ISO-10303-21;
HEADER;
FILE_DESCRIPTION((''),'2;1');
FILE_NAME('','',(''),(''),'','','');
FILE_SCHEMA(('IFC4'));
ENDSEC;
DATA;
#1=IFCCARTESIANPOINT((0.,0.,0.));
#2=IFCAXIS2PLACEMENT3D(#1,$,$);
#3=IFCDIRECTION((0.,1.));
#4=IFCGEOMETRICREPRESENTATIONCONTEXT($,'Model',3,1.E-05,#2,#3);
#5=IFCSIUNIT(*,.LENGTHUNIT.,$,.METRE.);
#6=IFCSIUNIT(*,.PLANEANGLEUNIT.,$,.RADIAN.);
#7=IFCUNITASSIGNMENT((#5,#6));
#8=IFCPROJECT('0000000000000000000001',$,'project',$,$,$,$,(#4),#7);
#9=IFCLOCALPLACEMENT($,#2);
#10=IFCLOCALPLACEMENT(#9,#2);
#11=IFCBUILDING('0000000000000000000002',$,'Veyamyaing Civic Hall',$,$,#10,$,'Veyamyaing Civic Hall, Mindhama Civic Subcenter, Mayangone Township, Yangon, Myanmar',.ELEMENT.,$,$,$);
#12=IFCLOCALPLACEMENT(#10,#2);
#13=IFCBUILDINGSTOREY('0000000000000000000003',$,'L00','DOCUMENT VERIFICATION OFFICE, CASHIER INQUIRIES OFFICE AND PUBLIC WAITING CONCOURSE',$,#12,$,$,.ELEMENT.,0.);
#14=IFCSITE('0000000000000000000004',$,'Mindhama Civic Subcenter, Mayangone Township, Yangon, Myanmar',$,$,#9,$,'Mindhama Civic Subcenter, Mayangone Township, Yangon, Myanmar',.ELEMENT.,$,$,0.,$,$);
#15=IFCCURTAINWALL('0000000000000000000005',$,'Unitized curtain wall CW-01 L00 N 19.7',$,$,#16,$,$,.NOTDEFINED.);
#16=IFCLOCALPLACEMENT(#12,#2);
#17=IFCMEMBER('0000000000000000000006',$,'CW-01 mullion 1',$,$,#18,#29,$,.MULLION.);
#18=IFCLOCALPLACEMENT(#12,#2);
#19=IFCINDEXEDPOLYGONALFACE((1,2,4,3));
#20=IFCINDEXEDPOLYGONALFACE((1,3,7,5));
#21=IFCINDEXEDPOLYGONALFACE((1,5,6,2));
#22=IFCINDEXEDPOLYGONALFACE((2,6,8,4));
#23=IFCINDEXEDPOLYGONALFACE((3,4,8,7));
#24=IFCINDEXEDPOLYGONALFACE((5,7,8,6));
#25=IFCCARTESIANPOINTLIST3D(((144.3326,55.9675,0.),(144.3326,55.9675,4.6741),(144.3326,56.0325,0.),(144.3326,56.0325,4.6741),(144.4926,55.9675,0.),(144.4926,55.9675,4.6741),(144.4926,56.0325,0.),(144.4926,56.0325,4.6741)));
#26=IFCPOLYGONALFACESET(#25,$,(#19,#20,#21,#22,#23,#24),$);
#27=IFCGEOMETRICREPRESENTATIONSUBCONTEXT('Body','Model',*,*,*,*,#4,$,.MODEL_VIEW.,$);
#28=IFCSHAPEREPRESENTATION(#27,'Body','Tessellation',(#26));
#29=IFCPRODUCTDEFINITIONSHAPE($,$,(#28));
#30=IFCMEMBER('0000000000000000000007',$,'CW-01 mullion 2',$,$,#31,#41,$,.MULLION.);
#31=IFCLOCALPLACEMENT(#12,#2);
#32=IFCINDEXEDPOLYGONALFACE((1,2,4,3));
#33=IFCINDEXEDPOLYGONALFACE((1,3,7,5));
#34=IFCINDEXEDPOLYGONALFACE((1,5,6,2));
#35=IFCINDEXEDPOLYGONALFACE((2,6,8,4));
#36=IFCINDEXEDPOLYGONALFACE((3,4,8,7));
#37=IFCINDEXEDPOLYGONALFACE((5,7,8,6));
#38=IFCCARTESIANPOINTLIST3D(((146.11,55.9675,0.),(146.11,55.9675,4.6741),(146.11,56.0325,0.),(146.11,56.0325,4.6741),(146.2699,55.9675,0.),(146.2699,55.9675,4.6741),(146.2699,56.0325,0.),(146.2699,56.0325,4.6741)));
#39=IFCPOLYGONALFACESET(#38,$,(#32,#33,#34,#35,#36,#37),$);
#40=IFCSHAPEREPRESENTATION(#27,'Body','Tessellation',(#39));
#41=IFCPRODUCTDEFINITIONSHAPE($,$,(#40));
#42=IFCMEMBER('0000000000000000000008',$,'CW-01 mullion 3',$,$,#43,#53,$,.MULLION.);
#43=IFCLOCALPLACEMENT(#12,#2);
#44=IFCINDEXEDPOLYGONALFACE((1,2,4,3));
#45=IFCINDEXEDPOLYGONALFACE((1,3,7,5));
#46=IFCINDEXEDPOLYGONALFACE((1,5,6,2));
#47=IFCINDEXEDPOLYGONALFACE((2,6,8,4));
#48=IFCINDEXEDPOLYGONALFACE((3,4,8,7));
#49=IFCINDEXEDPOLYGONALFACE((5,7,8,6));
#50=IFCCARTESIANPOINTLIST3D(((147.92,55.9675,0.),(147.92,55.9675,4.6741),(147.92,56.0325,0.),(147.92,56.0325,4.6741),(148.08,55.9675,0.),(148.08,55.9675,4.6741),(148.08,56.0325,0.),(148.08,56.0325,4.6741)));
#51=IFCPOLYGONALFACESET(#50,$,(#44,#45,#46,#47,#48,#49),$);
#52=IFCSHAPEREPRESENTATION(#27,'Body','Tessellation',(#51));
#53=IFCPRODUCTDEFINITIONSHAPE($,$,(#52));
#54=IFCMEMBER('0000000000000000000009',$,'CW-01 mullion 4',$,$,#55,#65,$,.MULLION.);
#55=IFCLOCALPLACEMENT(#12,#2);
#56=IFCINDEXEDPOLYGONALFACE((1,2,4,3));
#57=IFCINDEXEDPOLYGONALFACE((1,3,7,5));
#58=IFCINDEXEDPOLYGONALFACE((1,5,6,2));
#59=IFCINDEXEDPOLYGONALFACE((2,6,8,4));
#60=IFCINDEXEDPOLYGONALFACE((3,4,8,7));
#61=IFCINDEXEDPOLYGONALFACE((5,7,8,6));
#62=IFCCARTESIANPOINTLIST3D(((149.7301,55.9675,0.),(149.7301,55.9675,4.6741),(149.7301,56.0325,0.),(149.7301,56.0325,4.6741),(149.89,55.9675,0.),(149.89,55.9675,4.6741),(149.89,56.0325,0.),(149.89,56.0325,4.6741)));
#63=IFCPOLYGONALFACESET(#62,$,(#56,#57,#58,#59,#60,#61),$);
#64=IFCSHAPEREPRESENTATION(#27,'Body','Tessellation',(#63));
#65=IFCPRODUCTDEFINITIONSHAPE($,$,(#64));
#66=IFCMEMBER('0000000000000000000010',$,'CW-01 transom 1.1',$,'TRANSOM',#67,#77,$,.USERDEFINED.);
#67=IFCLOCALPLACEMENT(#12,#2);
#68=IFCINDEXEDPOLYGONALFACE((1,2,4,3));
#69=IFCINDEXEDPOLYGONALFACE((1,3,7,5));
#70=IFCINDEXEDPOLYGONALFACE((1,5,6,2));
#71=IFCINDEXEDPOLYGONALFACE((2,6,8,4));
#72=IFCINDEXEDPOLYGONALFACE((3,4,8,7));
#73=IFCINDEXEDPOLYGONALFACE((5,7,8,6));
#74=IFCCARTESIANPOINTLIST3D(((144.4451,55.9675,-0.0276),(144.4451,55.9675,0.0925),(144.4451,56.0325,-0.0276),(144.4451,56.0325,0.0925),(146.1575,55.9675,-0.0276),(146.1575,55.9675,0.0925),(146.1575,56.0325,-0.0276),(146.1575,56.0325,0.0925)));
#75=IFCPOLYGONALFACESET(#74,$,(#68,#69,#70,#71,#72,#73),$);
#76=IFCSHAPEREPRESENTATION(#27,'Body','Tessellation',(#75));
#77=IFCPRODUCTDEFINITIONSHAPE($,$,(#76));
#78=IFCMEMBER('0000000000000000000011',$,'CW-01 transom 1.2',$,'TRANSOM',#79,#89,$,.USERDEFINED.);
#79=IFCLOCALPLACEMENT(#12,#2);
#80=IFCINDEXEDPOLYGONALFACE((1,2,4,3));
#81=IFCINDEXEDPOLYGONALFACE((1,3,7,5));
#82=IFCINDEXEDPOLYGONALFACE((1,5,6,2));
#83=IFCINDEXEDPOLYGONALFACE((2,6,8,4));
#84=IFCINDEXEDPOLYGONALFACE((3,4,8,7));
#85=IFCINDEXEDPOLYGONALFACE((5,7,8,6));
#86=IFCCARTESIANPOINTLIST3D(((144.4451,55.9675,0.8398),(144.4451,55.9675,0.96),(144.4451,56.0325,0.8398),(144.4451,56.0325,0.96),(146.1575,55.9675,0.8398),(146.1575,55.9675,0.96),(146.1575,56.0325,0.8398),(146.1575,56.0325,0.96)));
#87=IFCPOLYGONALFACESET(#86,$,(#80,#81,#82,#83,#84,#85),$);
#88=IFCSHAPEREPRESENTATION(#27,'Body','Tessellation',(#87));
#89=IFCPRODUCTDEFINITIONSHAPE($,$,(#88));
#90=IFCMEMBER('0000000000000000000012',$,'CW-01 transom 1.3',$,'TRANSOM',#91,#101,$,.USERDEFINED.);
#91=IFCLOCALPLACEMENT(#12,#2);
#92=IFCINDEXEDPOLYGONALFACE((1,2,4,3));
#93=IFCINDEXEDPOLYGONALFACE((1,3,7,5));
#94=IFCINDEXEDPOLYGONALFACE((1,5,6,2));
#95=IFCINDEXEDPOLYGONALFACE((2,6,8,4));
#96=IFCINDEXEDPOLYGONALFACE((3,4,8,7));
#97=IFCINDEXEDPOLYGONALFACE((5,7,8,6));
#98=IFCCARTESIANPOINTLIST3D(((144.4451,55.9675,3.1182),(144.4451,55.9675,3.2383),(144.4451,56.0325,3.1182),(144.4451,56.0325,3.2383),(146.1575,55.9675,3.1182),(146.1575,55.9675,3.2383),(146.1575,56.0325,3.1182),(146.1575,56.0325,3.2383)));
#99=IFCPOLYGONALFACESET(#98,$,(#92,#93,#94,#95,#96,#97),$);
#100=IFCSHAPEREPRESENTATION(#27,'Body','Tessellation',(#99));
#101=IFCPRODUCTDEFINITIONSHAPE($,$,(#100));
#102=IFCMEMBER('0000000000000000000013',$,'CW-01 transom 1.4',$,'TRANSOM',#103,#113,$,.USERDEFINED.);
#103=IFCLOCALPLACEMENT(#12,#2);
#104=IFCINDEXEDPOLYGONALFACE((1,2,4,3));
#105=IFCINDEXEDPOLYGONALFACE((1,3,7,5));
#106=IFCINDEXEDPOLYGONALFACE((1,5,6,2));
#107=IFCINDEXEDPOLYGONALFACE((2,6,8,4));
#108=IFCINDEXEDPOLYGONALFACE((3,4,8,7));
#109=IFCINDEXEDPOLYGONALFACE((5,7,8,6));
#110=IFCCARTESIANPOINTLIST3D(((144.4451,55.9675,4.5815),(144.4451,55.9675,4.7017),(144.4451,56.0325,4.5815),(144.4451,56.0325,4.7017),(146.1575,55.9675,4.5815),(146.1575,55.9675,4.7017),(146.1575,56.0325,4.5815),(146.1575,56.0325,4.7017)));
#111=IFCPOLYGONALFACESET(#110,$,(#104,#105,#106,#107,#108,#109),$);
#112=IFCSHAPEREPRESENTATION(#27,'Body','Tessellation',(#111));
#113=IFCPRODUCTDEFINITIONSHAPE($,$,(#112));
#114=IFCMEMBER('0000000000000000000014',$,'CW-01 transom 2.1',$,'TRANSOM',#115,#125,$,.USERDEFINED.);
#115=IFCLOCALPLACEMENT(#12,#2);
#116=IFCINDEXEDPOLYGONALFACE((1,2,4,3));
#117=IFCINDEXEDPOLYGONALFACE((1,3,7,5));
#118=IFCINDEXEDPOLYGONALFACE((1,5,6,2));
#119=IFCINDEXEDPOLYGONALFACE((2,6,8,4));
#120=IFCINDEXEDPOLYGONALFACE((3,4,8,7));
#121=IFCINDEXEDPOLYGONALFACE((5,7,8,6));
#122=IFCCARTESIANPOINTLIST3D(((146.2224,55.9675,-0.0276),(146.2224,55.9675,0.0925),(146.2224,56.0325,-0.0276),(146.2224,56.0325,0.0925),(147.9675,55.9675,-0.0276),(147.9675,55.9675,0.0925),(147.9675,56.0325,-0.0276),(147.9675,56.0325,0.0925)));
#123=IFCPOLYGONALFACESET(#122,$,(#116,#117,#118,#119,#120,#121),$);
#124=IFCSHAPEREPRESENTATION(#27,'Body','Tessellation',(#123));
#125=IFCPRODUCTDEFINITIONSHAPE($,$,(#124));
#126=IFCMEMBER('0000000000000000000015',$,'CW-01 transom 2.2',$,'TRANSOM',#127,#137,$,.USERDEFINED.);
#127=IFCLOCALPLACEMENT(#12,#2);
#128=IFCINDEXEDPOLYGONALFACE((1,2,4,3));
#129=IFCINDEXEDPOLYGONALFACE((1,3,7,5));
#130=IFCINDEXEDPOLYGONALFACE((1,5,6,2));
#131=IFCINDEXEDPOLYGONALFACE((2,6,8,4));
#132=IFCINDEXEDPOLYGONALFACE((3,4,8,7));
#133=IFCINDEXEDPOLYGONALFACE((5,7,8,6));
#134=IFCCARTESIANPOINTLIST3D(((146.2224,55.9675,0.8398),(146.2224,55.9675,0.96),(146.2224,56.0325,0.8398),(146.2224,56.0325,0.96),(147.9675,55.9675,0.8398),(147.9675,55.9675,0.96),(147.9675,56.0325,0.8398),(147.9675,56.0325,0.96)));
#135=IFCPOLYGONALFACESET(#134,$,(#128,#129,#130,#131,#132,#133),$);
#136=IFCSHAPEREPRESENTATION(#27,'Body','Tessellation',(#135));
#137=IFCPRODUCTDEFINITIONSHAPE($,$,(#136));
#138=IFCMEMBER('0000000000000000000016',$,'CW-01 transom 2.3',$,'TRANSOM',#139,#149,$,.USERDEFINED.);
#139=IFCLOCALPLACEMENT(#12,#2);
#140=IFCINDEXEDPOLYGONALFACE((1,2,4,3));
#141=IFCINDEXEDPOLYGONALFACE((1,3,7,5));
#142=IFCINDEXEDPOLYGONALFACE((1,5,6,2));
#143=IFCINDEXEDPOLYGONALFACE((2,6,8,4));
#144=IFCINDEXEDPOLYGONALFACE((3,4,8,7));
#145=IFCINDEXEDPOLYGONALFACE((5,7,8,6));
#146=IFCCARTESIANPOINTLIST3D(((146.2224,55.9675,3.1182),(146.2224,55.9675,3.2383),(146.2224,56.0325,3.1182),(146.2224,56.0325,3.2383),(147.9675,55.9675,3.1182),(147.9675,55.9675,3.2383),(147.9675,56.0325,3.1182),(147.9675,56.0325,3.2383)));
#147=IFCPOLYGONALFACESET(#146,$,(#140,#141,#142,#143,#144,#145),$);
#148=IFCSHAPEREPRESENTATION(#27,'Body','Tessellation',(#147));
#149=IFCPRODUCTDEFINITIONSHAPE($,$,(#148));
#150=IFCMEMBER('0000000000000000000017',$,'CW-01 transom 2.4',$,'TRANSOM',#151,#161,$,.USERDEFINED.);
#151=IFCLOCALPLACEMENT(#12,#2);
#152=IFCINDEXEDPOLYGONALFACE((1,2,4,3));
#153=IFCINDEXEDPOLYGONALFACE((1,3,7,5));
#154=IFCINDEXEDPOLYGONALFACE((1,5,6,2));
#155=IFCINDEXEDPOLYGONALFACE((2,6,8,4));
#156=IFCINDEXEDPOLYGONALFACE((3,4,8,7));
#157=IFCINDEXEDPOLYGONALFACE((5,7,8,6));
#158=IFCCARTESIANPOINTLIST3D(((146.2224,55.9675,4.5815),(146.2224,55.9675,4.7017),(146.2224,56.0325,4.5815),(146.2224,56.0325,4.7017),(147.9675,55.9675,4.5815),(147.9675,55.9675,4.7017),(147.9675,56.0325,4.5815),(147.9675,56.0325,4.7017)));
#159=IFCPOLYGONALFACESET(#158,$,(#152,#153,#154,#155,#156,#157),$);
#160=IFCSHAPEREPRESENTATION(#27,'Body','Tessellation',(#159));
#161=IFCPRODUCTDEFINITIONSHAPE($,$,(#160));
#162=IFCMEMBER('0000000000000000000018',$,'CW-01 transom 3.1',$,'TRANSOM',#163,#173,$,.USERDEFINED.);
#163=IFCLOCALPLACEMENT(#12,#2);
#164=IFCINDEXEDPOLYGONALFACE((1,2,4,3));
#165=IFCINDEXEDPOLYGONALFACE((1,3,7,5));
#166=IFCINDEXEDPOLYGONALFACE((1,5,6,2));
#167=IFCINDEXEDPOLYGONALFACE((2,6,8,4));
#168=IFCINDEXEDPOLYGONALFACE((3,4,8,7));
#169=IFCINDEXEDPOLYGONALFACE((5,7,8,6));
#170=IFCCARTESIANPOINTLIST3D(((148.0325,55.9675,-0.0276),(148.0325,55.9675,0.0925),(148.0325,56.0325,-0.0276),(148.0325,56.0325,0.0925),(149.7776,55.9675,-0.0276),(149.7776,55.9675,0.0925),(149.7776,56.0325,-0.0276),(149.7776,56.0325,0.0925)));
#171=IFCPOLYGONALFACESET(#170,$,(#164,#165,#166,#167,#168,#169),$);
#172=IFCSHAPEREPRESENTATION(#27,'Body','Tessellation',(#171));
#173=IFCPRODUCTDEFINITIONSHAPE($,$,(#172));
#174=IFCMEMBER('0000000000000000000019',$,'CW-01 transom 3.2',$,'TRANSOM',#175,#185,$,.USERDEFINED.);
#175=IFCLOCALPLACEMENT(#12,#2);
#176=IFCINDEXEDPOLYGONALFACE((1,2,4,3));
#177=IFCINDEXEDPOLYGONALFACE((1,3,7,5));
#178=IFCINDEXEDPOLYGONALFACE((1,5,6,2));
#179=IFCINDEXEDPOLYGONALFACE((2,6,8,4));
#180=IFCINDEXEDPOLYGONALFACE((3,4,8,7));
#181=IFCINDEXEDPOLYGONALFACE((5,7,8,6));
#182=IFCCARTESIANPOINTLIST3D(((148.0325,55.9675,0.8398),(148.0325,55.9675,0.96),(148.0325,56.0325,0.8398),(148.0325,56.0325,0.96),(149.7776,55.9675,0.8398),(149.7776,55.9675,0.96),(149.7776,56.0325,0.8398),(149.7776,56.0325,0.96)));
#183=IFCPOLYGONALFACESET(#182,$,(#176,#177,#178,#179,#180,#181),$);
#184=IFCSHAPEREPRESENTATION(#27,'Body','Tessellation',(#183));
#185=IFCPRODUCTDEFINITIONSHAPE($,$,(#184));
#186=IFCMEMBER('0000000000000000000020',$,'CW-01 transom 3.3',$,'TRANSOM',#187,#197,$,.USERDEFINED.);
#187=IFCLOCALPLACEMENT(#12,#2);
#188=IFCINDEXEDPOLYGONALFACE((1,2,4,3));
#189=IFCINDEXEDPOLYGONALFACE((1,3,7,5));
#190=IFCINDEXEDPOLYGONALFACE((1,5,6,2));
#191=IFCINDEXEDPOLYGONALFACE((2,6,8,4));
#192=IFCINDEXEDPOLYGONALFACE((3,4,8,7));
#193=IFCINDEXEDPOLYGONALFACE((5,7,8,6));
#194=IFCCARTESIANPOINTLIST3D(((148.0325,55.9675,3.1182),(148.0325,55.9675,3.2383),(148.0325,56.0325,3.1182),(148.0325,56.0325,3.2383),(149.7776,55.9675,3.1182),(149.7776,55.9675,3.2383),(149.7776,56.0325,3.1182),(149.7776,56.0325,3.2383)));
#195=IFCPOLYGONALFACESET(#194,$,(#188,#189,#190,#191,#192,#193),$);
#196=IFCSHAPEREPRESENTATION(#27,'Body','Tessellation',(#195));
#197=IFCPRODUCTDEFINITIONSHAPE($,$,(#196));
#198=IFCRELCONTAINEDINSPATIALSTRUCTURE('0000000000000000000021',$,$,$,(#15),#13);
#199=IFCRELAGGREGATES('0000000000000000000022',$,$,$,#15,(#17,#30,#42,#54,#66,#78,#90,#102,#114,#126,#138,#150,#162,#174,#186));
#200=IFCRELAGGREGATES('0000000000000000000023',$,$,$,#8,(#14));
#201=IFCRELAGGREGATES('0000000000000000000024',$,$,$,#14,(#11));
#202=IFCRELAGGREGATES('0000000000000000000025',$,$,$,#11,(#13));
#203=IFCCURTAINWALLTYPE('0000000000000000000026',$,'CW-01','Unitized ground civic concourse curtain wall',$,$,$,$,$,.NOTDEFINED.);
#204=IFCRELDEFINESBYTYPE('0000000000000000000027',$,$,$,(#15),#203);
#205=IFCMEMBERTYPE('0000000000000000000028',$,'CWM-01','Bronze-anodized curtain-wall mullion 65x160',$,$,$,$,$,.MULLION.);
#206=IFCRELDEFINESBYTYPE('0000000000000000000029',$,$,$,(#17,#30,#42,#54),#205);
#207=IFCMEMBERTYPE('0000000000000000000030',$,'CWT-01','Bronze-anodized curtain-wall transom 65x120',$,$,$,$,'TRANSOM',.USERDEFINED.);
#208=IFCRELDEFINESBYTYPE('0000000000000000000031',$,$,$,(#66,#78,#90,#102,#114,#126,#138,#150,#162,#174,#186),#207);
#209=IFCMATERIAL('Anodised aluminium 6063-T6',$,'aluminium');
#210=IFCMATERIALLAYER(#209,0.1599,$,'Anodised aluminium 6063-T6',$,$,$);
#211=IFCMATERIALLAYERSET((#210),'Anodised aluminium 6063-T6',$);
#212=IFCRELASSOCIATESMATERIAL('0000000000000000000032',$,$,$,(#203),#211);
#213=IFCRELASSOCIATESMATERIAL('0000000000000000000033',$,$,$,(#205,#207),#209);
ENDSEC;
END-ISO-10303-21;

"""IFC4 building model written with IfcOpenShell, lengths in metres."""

from ifc_helpers import new_model, si_unit, direction, frame, origin, origin_2d, place, context, subcontext, project, spatial, rectangle, extrude, material, layer, layer_set, material_profile, profile_set, type_object, element, aggregate, save


model = new_model("IFC4")

# Units and contexts
model_context = context("Model", 3, precision=1e-05, world=origin(), true_north=direction((0.0, 1.0)))
body_context = subcontext(model_context, "Body", "Model", "MODEL_VIEW")
ifc_project = project(units=[si_unit("LENGTHUNIT", "METRE"), si_unit("PLANEANGLEUNIT", "RADIAN")], contexts=[model_context])

# Site, building, storey
site_placement = place(None, origin())
site = spatial("IfcSite", under=ifc_project, at=site_placement, Name="Mindhama Civic Subcenter, Mayangone Township, Yangon, Myanmar", LongName="Mindhama Civic Subcenter, Mayangone Township, Yangon, Myanmar", CompositionType="ELEMENT", RefElevation=0.0)
building_placement = place(site_placement, origin())
building = spatial("IfcBuilding", under=site, at=building_placement, Name="Veyamyaing Civic Hall", LongName="Veyamyaing Civic Hall, Mindhama Civic Subcenter, Mayangone Township, Yangon, Myanmar", CompositionType="ELEMENT")
storey_placement = place(building_placement, origin())
storey = spatial("IfcBuildingStorey", under=building, at=storey_placement, Name="L00", Description="DOCUMENT VERIFICATION OFFICE, CASHIER INQUIRIES OFFICE AND PUBLIC WAITING CONCOURSE", CompositionType="ELEMENT", Elevation=0.0)

# Curtain wall, members
ifc_material_1 = material(Name="Anodised aluminium 6063-T6", Category="aluminium")
ifc_layer_1 = layer(ifc_material_1, 0.1599, Name="Anodised aluminium 6063-T6")
ifc_layer_set_1 = layer_set([ifc_layer_1], Name="Anodised aluminium 6063-T6")
curtain_wall_type = type_object("IfcCurtainWallType", Name="CW-01", Description="Unitized ground civic concourse curtain wall", PredefinedType="NOTDEFINED", material=ifc_layer_set_1)
curtain_wall_placement = place(storey_placement, origin())
curtain_wall = element("IfcCurtainWall", 1, at=curtain_wall_placement, inside=storey, type_object=curtain_wall_type, Name="Unitized curtain wall CW-01 L00 N 19.7", PredefinedType="NOTDEFINED")
ifc_material_profile_1 = material_profile(ifc_material_1, rectangle(XDim=0.0649, YDim=0.1599, at=origin_2d()), Name="ALU-MUL-65X160")
ifc_profile_set_1 = profile_set([ifc_material_profile_1], Name="Anodised aluminium 6063-T6")
member_type_1 = type_object("IfcMemberType", Name="CWM-01", Description="Bronze-anodized curtain-wall mullion 65x160", PredefinedType="MULLION", material=ifc_profile_set_1)
member_1_placement = place(storey_placement, frame((144.4126, 56.0, 0.0), z_axis=(0.0, 0.0, 1.0), x_axis=(0.0, 1.0, 0.0)))
member_1 = element("IfcMember", 2, at=member_1_placement, type_object=member_type_1, Name="CW-01 mullion 1", PredefinedType="MULLION", context=body_context, shape_type="SweptSolid", body=[
    extrude(rectangle(XDim=0.0649, YDim=0.1599, at=origin_2d()), origin(), (0.0, 0.0, 1.0), 4.6741),
])
member_2_placement = place(storey_placement, frame((146.1899, 56.0, 0.0), z_axis=(0.0, 0.0, 1.0), x_axis=(0.0, 1.0, 0.0)))
member_2 = element("IfcMember", 3, at=member_2_placement, type_object=member_type_1, Name="CW-01 mullion 2", PredefinedType="MULLION", context=body_context, shape_type="SweptSolid", body=[
    extrude(rectangle(XDim=0.0649, YDim=0.1599, at=origin_2d()), origin(), (0.0, 0.0, 1.0), 4.6741),
])
member_3_placement = place(storey_placement, frame((148.0, 56.0, 0.0), z_axis=(0.0, 0.0, 1.0), x_axis=(0.0, 1.0, 0.0)))
member_3 = element("IfcMember", 4, at=member_3_placement, type_object=member_type_1, Name="CW-01 mullion 3", PredefinedType="MULLION", context=body_context, shape_type="SweptSolid", body=[
    extrude(rectangle(XDim=0.0649, YDim=0.1599, at=origin_2d()), origin(), (0.0, 0.0, 1.0), 4.6741),
])
member_4_placement = place(storey_placement, frame((149.8101, 56.0, 0.0), z_axis=(0.0, 0.0, 1.0), x_axis=(0.0, 1.0, 0.0)))
member_4 = element("IfcMember", 5, at=member_4_placement, type_object=member_type_1, Name="CW-01 mullion 4", PredefinedType="MULLION", context=body_context, shape_type="SweptSolid", body=[
    extrude(rectangle(XDim=0.0649, YDim=0.1599, at=origin_2d()), origin(), (0.0, 0.0, 1.0), 4.6741),
])
ifc_material_profile_2 = material_profile(ifc_material_1, rectangle(XDim=0.0649, YDim=0.1201, at=origin_2d()), Name="ALU-TRN-65X120")
ifc_profile_set_2 = profile_set([ifc_material_profile_2], Name="Anodised aluminium 6063-T6")
member_type_2 = type_object("IfcMemberType", Name="CWT-01", Description="Bronze-anodized curtain-wall transom 65x120", ElementType="TRANSOM", PredefinedType="USERDEFINED", material=ifc_profile_set_2)
member_5_placement = place(storey_placement, frame((144.4451, 56.0, 0.0325), z_axis=(1.0, 0.0, 0.0), x_axis=(0.0, 1.0, 0.0)))
member_5 = element("IfcMember", 6, at=member_5_placement, type_object=member_type_2, Name="CW-01 transom 1.1", ObjectType="TRANSOM", PredefinedType="USERDEFINED", context=body_context, shape_type="SweptSolid", body=[
    extrude(rectangle(XDim=0.0649, YDim=0.1201, at=origin_2d()), origin(), (0.0, 0.0, 1.0), 1.7124),
])
member_6_placement = place(storey_placement, frame((144.4451, 56.0, 0.8999), z_axis=(1.0, 0.0, 0.0), x_axis=(0.0, 1.0, 0.0)))
member_6 = element("IfcMember", 7, at=member_6_placement, type_object=member_type_2, Name="CW-01 transom 1.2", ObjectType="TRANSOM", PredefinedType="USERDEFINED", context=body_context, shape_type="SweptSolid", body=[
    extrude(rectangle(XDim=0.0649, YDim=0.1201, at=origin_2d()), origin(), (0.0, 0.0, 1.0), 1.7124),
])
member_7_placement = place(storey_placement, frame((144.4451, 56.0, 3.1782), z_axis=(1.0, 0.0, 0.0), x_axis=(0.0, 1.0, 0.0)))
member_7 = element("IfcMember", 8, at=member_7_placement, type_object=member_type_2, Name="CW-01 transom 1.3", ObjectType="TRANSOM", PredefinedType="USERDEFINED", context=body_context, shape_type="SweptSolid", body=[
    extrude(rectangle(XDim=0.0649, YDim=0.1201, at=origin_2d()), origin(), (0.0, 0.0, 1.0), 1.7124),
])
member_8_placement = place(storey_placement, frame((144.4451, 56.0, 4.6416), z_axis=(1.0, 0.0, 0.0), x_axis=(0.0, 1.0, 0.0)))
member_8 = element("IfcMember", 9, at=member_8_placement, type_object=member_type_2, Name="CW-01 transom 1.4", ObjectType="TRANSOM", PredefinedType="USERDEFINED", context=body_context, shape_type="SweptSolid", body=[
    extrude(rectangle(XDim=0.0649, YDim=0.1201, at=origin_2d()), origin(), (0.0, 0.0, 1.0), 1.7124),
])
member_9_placement = place(storey_placement, frame((146.2224, 56.0, 0.0325), z_axis=(1.0, 0.0, 0.0), x_axis=(0.0, 1.0, 0.0)))
member_9 = element("IfcMember", 10, at=member_9_placement, type_object=member_type_2, Name="CW-01 transom 2.1", ObjectType="TRANSOM", PredefinedType="USERDEFINED", context=body_context, shape_type="SweptSolid", body=[
    extrude(rectangle(XDim=0.0649, YDim=0.1201, at=origin_2d()), origin(), (0.0, 0.0, 1.0), 1.7451),
])
member_10_placement = place(storey_placement, frame((146.2224, 56.0, 0.8999), z_axis=(1.0, 0.0, 0.0), x_axis=(0.0, 1.0, 0.0)))
member_10 = element("IfcMember", 11, at=member_10_placement, type_object=member_type_2, Name="CW-01 transom 2.2", ObjectType="TRANSOM", PredefinedType="USERDEFINED", context=body_context, shape_type="SweptSolid", body=[
    extrude(rectangle(XDim=0.0649, YDim=0.1201, at=origin_2d()), origin(), (0.0, 0.0, 1.0), 1.7451),
])
member_11_placement = place(storey_placement, frame((146.2224, 56.0, 3.1782), z_axis=(1.0, 0.0, 0.0), x_axis=(0.0, 1.0, 0.0)))
member_11 = element("IfcMember", 12, at=member_11_placement, type_object=member_type_2, Name="CW-01 transom 2.3", ObjectType="TRANSOM", PredefinedType="USERDEFINED", context=body_context, shape_type="SweptSolid", body=[
    extrude(rectangle(XDim=0.0649, YDim=0.1201, at=origin_2d()), origin(), (0.0, 0.0, 1.0), 1.7451),
])
member_12_placement = place(storey_placement, frame((146.2224, 56.0, 4.6416), z_axis=(1.0, 0.0, 0.0), x_axis=(0.0, 1.0, 0.0)))
member_12 = element("IfcMember", 13, at=member_12_placement, type_object=member_type_2, Name="CW-01 transom 2.4", ObjectType="TRANSOM", PredefinedType="USERDEFINED", context=body_context, shape_type="SweptSolid", body=[
    extrude(rectangle(XDim=0.0649, YDim=0.1201, at=origin_2d()), origin(), (0.0, 0.0, 1.0), 1.7451),
])
member_13_placement = place(storey_placement, frame((148.0325, 56.0, 0.0325), z_axis=(1.0, 0.0, 0.0), x_axis=(0.0, 1.0, 0.0)))
member_13 = element("IfcMember", 14, at=member_13_placement, type_object=member_type_2, Name="CW-01 transom 3.1", ObjectType="TRANSOM", PredefinedType="USERDEFINED", context=body_context, shape_type="SweptSolid", body=[
    extrude(rectangle(XDim=0.0649, YDim=0.1201, at=origin_2d()), origin(), (0.0, 0.0, 1.0), 1.7451),
])
member_14_placement = place(storey_placement, frame((148.0325, 56.0, 0.8999), z_axis=(1.0, 0.0, 0.0), x_axis=(0.0, 1.0, 0.0)))
member_14 = element("IfcMember", 15, at=member_14_placement, type_object=member_type_2, Name="CW-01 transom 3.2", ObjectType="TRANSOM", PredefinedType="USERDEFINED", context=body_context, shape_type="SweptSolid", body=[
    extrude(rectangle(XDim=0.0649, YDim=0.1201, at=origin_2d()), origin(), (0.0, 0.0, 1.0), 1.7451),
])
member_15_placement = place(storey_placement, frame((148.0325, 56.0, 3.1782), z_axis=(1.0, 0.0, 0.0), x_axis=(0.0, 1.0, 0.0)))
member_15 = element("IfcMember", 16, at=member_15_placement, type_object=member_type_2, Name="CW-01 transom 3.3", ObjectType="TRANSOM", PredefinedType="USERDEFINED", context=body_context, shape_type="SweptSolid", body=[
    extrude(rectangle(XDim=0.0649, YDim=0.1201, at=origin_2d()), origin(), (0.0, 0.0, 1.0), 1.7451),
])
aggregate(curtain_wall, [member_1, member_2, member_3, member_4, member_5, member_6, member_7, member_8, member_9, member_10, member_11, member_12, member_13, member_14, member_15])

save(model, "model.ifc")
